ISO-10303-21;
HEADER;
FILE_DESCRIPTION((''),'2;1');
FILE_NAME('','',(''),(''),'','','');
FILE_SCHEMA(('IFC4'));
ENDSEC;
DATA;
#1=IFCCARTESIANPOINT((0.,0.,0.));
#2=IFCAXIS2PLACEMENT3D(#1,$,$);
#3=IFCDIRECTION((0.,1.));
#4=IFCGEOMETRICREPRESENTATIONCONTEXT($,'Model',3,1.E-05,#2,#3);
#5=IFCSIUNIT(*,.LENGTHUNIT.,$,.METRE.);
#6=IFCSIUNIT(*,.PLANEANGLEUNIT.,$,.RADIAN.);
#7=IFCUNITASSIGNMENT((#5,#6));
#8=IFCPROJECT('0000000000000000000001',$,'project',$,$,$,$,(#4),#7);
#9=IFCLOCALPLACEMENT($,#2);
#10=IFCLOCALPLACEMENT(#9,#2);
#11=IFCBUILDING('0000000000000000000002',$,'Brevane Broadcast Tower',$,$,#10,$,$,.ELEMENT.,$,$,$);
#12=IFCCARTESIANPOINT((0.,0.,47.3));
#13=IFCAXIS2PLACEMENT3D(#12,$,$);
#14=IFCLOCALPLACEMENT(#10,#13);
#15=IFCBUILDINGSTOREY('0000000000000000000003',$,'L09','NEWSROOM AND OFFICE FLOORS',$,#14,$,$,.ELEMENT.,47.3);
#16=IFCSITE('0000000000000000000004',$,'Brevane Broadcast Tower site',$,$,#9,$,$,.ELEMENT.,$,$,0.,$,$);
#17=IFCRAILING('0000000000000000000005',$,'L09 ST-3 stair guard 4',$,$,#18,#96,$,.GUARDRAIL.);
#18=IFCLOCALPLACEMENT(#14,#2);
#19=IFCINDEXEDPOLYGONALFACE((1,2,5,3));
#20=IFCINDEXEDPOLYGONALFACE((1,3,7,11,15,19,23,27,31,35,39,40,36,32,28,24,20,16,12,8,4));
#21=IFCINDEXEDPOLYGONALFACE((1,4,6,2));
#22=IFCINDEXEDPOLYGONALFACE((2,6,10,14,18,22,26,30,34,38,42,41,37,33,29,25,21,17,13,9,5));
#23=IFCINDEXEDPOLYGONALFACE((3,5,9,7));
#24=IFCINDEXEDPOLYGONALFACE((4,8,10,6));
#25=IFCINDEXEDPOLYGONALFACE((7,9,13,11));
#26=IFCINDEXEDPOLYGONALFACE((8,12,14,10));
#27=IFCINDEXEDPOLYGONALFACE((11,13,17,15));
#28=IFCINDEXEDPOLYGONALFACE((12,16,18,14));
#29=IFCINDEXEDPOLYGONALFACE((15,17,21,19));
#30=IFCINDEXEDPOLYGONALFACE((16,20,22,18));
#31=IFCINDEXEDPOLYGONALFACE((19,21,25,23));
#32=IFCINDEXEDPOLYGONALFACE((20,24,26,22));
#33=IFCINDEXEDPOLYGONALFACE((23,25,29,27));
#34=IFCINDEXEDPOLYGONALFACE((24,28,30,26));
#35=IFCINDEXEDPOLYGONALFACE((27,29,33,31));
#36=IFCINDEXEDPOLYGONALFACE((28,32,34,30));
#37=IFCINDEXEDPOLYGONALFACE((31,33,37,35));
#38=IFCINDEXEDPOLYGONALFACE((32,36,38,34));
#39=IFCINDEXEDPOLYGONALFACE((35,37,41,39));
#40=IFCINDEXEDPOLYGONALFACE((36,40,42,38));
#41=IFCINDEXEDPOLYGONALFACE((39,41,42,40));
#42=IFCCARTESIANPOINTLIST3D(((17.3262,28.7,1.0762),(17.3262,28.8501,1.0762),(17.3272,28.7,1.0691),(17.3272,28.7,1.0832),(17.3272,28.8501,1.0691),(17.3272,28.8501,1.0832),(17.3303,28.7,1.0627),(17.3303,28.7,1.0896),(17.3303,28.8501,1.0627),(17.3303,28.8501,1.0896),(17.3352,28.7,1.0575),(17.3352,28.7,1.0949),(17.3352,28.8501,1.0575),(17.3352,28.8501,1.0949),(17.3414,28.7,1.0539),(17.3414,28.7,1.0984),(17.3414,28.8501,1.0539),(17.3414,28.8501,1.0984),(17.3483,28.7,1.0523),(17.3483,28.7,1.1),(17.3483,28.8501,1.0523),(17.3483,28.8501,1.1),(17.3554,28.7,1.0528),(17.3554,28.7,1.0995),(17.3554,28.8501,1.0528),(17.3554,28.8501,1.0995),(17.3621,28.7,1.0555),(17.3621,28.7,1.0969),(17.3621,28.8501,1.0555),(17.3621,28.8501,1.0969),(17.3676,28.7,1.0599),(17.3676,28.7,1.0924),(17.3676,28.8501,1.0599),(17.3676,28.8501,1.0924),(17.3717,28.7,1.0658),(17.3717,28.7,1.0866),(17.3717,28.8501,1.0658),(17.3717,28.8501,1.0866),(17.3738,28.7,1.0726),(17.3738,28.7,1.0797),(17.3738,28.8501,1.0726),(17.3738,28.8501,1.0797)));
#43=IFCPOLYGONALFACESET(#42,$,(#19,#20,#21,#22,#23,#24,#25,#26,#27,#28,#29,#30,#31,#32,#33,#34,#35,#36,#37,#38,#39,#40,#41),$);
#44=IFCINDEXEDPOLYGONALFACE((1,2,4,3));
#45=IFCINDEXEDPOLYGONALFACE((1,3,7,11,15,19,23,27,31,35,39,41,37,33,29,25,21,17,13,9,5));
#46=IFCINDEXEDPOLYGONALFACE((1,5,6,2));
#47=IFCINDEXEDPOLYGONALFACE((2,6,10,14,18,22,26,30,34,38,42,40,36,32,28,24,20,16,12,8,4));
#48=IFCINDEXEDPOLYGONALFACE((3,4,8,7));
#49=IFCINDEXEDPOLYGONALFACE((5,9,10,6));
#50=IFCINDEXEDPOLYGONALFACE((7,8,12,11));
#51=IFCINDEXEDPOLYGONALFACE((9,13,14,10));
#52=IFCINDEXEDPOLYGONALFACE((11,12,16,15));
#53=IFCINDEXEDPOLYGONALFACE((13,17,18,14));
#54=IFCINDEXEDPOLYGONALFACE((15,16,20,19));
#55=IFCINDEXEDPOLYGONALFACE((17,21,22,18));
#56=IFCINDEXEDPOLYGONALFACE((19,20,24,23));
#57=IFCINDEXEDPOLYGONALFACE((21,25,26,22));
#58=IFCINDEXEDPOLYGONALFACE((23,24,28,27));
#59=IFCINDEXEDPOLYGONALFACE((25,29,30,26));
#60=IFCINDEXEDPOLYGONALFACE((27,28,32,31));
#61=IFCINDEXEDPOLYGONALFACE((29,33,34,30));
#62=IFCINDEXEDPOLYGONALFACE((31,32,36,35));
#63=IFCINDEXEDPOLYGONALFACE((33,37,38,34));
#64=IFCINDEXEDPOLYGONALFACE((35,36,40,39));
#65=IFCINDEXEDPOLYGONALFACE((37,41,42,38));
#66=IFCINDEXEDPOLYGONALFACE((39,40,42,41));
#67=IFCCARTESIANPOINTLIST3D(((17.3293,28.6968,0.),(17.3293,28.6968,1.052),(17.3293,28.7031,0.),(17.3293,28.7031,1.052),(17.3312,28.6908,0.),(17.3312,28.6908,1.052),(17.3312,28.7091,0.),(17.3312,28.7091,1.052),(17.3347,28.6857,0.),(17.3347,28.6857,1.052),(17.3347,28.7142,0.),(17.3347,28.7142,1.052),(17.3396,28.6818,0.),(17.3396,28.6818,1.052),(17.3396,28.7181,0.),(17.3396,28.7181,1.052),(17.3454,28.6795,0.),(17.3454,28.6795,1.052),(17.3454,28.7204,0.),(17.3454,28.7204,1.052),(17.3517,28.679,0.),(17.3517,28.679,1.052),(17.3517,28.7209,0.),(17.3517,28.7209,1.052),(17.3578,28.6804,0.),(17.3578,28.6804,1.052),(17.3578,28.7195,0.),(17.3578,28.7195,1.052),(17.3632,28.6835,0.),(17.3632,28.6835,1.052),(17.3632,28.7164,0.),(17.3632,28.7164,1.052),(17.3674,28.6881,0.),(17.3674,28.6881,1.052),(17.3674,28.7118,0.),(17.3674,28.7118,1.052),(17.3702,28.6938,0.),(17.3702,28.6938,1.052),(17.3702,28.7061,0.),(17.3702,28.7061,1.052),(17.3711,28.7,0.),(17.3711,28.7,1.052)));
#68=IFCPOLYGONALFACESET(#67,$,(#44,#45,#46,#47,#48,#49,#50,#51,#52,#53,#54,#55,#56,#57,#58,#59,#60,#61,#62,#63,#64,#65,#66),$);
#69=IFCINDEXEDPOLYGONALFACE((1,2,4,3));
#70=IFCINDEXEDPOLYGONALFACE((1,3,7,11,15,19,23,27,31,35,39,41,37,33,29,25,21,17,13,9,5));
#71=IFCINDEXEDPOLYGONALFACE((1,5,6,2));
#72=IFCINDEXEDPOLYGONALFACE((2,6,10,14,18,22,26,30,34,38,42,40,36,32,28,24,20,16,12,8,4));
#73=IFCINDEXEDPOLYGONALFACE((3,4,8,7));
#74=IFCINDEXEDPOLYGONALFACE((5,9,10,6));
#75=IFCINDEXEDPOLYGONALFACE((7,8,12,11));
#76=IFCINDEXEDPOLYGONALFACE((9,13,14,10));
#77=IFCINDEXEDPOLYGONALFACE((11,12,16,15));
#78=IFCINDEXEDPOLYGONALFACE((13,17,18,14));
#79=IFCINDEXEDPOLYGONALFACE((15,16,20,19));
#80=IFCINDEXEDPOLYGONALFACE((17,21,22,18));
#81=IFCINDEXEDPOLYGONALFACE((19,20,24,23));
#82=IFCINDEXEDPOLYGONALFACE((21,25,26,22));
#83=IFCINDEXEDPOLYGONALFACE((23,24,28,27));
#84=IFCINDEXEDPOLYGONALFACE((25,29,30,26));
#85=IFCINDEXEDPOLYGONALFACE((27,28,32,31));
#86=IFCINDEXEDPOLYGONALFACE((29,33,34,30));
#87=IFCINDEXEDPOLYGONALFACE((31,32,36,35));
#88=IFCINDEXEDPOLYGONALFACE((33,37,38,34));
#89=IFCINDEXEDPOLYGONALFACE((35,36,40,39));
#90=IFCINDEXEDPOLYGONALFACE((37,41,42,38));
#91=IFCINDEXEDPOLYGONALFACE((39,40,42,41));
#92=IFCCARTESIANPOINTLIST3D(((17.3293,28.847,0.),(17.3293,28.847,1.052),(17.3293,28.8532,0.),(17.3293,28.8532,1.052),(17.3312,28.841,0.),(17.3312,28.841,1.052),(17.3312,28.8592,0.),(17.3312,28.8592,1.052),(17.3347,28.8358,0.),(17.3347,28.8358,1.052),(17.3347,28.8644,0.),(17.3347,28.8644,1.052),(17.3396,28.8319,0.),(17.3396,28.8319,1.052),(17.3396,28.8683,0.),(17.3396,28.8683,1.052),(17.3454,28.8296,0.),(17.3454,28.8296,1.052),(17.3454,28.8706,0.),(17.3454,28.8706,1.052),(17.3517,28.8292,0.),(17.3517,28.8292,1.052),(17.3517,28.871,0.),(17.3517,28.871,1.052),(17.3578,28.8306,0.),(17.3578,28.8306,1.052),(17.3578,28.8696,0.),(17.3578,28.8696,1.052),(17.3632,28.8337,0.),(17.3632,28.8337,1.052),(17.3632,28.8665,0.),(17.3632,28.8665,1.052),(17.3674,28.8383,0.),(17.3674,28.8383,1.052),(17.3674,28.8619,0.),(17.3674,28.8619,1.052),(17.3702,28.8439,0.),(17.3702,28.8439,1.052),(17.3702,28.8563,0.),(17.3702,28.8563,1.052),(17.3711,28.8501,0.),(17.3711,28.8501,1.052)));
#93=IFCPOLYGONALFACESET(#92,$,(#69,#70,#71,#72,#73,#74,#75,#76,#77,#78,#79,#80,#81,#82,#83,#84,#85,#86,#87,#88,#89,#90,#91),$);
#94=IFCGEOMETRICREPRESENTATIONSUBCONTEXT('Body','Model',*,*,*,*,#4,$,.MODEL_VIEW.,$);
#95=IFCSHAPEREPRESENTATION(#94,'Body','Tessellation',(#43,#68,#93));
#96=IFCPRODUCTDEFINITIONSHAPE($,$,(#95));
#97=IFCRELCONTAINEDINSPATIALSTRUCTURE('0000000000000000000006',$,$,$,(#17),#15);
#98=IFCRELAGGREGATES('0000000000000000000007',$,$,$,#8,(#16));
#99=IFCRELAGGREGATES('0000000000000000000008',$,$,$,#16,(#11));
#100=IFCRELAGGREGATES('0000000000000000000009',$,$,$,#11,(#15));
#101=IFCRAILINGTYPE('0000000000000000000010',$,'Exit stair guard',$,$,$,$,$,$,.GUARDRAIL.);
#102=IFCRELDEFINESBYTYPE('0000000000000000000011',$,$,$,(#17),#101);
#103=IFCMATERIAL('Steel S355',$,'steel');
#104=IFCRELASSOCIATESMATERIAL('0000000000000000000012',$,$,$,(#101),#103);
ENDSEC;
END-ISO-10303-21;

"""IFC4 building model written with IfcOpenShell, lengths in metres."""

from ifc_helpers import new_model, si_unit, direction, frame, origin, origin_2d, place, context, subcontext, project, spatial, circle, extrude, material, type_object, element, save


model = new_model("IFC4")

# Units and contexts
model_context = context("Model", 3, precision=1e-05, world=origin(), true_north=direction((0.0, 1.0)))
body_context = subcontext(model_context, "Body", "Model", "MODEL_VIEW")
ifc_project = project(units=[si_unit("LENGTHUNIT", "METRE"), si_unit("PLANEANGLEUNIT", "RADIAN")], contexts=[model_context])

# Site, building, storey
site_placement = place(None, origin())
site = spatial("IfcSite", under=ifc_project, at=site_placement, Name="Brevane Broadcast Tower site", CompositionType="ELEMENT", RefElevation=0.0)
building_placement = place(site_placement, origin())
building = spatial("IfcBuilding", under=site, at=building_placement, Name="Brevane Broadcast Tower", CompositionType="ELEMENT")
storey_placement = place(building_placement, frame((0.0, 0.0, 47.3)))
storey = spatial("IfcBuildingStorey", under=building, at=storey_placement, Name="L09", Description="NEWSROOM AND OFFICE FLOORS", CompositionType="ELEMENT", Elevation=47.3)

# Railing
ifc_material_1 = material(Name="Steel S355", Category="steel")
railing_type_1 = type_object("IfcRailingType", Name="Exit stair guard", PredefinedType="GUARDRAIL", material=ifc_material_1)
railing_1_placement = place(storey_placement, frame((17.3501, 28.7, 0.0)))
element("IfcRailing", 1, at=railing_1_placement, inside=storey, type_object=railing_type_1, Name="L09 ST-3 stair guard 4", PredefinedType="GUARDRAIL", context=body_context, shape_type="SweptSolid", body=[
    extrude(circle(Radius=0.0239, at=origin_2d()), frame((0.0, 0.0, 1.0762), z_axis=(0.0, 1.0, 0.0), x_axis=(-1.0, 0.0, 0.0)), (0.0, 0.0, 1.0), 0.1501),
    extrude(circle(Radius=0.021, at=origin_2d()), origin(), (0.0, 0.0, 1.0), 1.052),
    extrude(circle(Radius=0.021, at=origin_2d()), frame((0.0, 0.1501, 0.0)), (0.0, 0.0, 1.0), 1.052),
])

save(model, "model.ifc")
